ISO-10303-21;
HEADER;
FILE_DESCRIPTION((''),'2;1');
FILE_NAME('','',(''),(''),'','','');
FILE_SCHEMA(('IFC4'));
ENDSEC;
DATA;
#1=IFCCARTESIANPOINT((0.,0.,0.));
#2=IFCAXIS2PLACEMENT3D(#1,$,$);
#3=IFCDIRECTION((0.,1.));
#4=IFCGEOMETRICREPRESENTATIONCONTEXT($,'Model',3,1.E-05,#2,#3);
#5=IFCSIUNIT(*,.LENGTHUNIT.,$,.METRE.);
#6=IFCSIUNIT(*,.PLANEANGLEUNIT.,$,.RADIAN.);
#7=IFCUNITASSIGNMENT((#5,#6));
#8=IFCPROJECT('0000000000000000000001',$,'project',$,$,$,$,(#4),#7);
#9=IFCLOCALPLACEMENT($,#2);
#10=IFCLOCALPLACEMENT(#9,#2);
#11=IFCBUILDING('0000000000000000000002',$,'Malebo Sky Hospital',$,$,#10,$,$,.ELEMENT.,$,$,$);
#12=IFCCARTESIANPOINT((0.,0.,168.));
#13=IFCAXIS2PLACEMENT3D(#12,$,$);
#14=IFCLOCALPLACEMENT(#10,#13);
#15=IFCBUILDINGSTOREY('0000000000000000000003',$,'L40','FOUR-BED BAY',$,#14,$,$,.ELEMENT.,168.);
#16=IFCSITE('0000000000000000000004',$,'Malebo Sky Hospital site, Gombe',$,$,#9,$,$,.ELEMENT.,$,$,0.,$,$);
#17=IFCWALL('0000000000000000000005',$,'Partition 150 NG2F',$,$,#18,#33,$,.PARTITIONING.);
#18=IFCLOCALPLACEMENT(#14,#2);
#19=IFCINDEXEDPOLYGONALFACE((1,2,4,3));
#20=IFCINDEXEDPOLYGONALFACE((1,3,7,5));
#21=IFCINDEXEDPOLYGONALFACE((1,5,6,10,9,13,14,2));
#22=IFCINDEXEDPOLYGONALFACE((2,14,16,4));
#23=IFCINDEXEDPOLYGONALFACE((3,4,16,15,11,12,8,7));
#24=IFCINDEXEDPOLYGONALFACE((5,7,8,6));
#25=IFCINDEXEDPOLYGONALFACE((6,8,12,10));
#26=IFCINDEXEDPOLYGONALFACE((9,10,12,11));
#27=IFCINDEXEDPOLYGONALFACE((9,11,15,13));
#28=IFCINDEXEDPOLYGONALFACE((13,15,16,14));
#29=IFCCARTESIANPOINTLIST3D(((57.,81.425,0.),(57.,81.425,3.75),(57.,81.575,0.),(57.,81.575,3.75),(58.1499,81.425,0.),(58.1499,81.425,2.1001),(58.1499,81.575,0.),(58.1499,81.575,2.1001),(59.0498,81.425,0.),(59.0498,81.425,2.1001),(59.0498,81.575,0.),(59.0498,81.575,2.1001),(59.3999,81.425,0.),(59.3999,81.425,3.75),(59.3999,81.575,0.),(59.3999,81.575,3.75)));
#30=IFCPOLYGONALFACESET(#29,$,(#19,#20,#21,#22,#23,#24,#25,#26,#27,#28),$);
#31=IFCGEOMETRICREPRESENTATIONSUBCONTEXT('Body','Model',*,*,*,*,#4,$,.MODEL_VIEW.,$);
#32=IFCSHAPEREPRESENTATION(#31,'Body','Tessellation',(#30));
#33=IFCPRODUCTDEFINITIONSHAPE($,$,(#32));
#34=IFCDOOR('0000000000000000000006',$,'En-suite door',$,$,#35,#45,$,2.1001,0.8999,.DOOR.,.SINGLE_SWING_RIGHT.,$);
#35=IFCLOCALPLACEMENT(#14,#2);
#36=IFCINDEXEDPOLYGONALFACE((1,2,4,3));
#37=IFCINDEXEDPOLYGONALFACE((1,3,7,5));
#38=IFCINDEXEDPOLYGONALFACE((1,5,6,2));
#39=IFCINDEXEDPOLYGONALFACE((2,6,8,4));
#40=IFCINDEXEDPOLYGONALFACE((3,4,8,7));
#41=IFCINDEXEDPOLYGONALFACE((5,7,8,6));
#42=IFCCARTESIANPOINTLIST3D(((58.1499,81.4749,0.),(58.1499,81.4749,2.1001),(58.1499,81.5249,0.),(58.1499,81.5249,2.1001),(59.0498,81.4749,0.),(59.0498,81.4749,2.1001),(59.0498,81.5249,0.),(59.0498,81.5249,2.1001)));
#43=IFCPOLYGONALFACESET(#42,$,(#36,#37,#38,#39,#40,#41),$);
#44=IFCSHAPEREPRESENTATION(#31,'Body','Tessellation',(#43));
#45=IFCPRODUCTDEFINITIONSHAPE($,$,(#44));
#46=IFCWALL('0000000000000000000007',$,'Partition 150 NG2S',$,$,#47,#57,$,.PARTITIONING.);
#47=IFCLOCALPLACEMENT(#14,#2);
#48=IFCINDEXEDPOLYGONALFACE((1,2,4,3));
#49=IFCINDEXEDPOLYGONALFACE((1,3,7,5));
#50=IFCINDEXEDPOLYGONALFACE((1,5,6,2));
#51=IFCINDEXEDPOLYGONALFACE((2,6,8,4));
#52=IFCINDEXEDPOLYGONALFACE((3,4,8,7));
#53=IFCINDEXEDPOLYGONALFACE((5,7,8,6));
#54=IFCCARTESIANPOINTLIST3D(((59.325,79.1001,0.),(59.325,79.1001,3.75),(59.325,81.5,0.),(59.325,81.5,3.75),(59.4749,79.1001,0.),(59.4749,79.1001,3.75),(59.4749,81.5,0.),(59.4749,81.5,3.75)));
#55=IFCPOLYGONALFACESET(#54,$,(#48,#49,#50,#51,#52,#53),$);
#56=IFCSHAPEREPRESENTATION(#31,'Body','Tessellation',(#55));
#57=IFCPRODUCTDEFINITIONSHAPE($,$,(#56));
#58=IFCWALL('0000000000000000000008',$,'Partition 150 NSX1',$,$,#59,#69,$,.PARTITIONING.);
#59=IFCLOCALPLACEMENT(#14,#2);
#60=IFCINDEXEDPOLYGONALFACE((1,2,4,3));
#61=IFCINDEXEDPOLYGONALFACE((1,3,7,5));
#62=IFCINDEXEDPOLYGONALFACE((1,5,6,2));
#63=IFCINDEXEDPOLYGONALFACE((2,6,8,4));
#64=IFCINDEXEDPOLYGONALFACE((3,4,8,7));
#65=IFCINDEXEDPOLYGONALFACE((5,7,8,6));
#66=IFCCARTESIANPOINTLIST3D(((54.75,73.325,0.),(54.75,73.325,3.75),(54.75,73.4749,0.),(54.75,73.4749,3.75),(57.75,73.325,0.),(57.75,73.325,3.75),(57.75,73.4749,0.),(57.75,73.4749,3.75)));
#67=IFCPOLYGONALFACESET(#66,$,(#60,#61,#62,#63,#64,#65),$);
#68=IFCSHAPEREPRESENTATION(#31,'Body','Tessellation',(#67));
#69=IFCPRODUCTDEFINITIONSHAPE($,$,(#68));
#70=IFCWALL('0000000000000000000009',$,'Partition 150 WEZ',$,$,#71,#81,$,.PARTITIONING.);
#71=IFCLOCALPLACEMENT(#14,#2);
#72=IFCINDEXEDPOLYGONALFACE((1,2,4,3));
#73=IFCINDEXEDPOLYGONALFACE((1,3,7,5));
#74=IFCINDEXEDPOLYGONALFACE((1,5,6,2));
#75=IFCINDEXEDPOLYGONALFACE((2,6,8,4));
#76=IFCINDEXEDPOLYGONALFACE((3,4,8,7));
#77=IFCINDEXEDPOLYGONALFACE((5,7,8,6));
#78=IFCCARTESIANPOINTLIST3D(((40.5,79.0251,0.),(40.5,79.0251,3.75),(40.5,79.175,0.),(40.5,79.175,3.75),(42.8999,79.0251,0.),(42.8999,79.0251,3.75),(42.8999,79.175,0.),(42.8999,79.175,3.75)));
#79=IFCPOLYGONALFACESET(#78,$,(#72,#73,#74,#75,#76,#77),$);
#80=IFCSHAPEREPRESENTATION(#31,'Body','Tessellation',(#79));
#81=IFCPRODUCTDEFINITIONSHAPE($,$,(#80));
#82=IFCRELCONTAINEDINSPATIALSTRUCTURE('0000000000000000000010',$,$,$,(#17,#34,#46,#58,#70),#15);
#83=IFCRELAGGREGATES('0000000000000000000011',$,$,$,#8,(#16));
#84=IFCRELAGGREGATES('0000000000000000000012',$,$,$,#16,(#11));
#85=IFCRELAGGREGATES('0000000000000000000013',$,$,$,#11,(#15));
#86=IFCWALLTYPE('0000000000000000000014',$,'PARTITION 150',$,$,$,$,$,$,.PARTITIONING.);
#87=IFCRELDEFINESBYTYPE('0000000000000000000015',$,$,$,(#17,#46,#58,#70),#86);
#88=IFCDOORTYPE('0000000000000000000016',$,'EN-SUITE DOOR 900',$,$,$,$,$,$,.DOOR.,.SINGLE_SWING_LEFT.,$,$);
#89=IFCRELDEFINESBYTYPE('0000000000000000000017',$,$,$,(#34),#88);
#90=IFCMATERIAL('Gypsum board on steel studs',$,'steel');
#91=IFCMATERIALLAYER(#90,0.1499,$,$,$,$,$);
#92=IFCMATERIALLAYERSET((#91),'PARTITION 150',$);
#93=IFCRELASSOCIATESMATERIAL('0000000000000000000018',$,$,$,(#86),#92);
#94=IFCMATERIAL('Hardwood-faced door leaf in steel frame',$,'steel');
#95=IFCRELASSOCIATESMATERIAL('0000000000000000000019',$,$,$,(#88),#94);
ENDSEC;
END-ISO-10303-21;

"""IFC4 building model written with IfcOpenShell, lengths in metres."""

from ifc_helpers import new_model, si_unit, direction, frame, frame_2d, origin, place, context, subcontext, project, spatial, rectangle, extrude, material, layer, layer_set, type_object, element, fill, save


model = new_model("IFC4")

# Units and contexts
model_context = context("Model", 3, precision=1e-05, world=origin(), true_north=direction((0.0, 1.0)))
body_context = subcontext(model_context, "Body", "Model", "MODEL_VIEW")
ifc_project = project(units=[si_unit("LENGTHUNIT", "METRE"), si_unit("PLANEANGLEUNIT", "RADIAN")], contexts=[model_context])

# Site, building, storey
site_placement = place(None, origin())
site = spatial("IfcSite", under=ifc_project, at=site_placement, Name="Malebo Sky Hospital site, Gombe", CompositionType="ELEMENT", RefElevation=0.0)
building_placement = place(site_placement, origin())
building = spatial("IfcBuilding", under=site, at=building_placement, Name="Malebo Sky Hospital", CompositionType="ELEMENT")
storey_placement = place(building_placement, frame((0.0, 0.0, 168.0)))
storey = spatial("IfcBuildingStorey", under=building, at=storey_placement, Name="L40", Description="FOUR-BED BAY", CompositionType="ELEMENT", Elevation=168.0)

# Shared definitions
ifc_material_1 = material(Name="Gypsum board on steel studs", Category="steel")
ifc_material_2 = material(Name="Hardwood-faced door leaf in steel frame", Category="steel")

# Shared definitions
ifc_layer_1 = layer(ifc_material_1, 0.1499)
ifc_layer_set_1 = layer_set([ifc_layer_1], Name="PARTITION 150")
wall_type_1 = type_object("IfcWallType", Name="PARTITION 150", PredefinedType="PARTITIONING", material=ifc_layer_set_1)

# Shared definitions
door_type_1 = type_object("IfcDoorType", Name="EN-SUITE DOOR 900", OperationType="SINGLE_SWING_LEFT", PredefinedType="DOOR", material=ifc_material_2)

# Wall, opening, door
wall_1_placement = place(storey_placement, frame((57.0, 81.5, 0.0), z_axis=(0.0, 0.0, 1.0), x_axis=(1.0, 0.0, 0.0)))
wall_1 = element("IfcWall", 1, at=wall_1_placement, inside=storey, type_object=wall_type_1, Name="Partition 150 NG2F", PredefinedType="PARTITIONING", context=body_context, shape_type="SweptSolid", body=[
    extrude(rectangle(XDim=2.3999, YDim=0.1499, at=frame_2d((1.2, 0.0))), origin(), (0.0, 0.0, 1.0), 3.75),
])
opening_1_placement = place(wall_1_placement, frame((1.1499, 0.0, 0.0)))
opening_1 = element("IfcOpeningElement", 2, at=opening_1_placement, cuts=wall_1, PredefinedType="OPENING", context=body_context, shape_type="SweptSolid", body=[
    extrude(rectangle(XDim=0.8999, YDim=2.1001, at=frame_2d((0.45, 1.05))), frame((0.0, 0.085, 0.0), z_axis=(0.0, -1.0, 0.0), x_axis=(1.0, 0.0, 0.0)), (0.0, 0.0, 1.0), 0.1699),
])
door_1_placement = place(opening_1_placement, origin())
door_1 = element("IfcDoor", 3, at=door_1_placement, inside=storey, type_object=door_type_1, Name="En-suite door", OperationType="SINGLE_SWING_RIGHT", OverallHeight=2.1001, OverallWidth=0.8999, PredefinedType="DOOR", context=body_context, shape_type="SweptSolid", body=[
    extrude(rectangle(XDim=0.8999, YDim=2.1001, at=frame_2d((0.45, 1.05))), frame((0.0, 0.0249, 0.0), z_axis=(0.0, -1.0, 0.0), x_axis=(1.0, 0.0, 0.0)), (0.0, 0.0, 1.0), 0.05),
])
fill(opening_1, door_1)

# Walls
wall_2_placement = place(storey_placement, frame((59.3999, 79.1001, 0.0), z_axis=(0.0, 0.0, 1.0), x_axis=(0.0, 1.0, 0.0)))
element("IfcWall", 4, at=wall_2_placement, inside=storey, type_object=wall_type_1, Name="Partition 150 NG2S", PredefinedType="PARTITIONING", context=body_context, shape_type="SweptSolid", body=[
    extrude(rectangle(XDim=2.3999, YDim=0.1499, at=frame_2d((1.2, 0.0))), origin(), (0.0, 0.0, 1.0), 3.75),
])
wall_3_placement = place(storey_placement, frame((54.75, 73.3999, 0.0), z_axis=(0.0, 0.0, 1.0), x_axis=(1.0, 0.0, 0.0)))
element("IfcWall", 5, at=wall_3_placement, inside=storey, type_object=wall_type_1, Name="Partition 150 NSX1", PredefinedType="PARTITIONING", context=body_context, shape_type="SweptSolid", body=[
    extrude(rectangle(XDim=3.0, YDim=0.1499, at=frame_2d((1.5, 0.0))), origin(), (0.0, 0.0, 1.0), 3.75),
])
wall_4_placement = place(storey_placement, frame((42.8999, 79.1001, 0.0), z_axis=(0.0, 0.0, 1.0), x_axis=(-1.0, 0.0, 0.0)))
element("IfcWall", 6, at=wall_4_placement, inside=storey, type_object=wall_type_1, Name="Partition 150 WEZ", PredefinedType="PARTITIONING", context=body_context, shape_type="SweptSolid", body=[
    extrude(rectangle(XDim=2.3999, YDim=0.1499, at=frame_2d((1.2, 0.0))), origin(), (0.0, 0.0, 1.0), 3.75),
])

save(model, "model.ifc")
